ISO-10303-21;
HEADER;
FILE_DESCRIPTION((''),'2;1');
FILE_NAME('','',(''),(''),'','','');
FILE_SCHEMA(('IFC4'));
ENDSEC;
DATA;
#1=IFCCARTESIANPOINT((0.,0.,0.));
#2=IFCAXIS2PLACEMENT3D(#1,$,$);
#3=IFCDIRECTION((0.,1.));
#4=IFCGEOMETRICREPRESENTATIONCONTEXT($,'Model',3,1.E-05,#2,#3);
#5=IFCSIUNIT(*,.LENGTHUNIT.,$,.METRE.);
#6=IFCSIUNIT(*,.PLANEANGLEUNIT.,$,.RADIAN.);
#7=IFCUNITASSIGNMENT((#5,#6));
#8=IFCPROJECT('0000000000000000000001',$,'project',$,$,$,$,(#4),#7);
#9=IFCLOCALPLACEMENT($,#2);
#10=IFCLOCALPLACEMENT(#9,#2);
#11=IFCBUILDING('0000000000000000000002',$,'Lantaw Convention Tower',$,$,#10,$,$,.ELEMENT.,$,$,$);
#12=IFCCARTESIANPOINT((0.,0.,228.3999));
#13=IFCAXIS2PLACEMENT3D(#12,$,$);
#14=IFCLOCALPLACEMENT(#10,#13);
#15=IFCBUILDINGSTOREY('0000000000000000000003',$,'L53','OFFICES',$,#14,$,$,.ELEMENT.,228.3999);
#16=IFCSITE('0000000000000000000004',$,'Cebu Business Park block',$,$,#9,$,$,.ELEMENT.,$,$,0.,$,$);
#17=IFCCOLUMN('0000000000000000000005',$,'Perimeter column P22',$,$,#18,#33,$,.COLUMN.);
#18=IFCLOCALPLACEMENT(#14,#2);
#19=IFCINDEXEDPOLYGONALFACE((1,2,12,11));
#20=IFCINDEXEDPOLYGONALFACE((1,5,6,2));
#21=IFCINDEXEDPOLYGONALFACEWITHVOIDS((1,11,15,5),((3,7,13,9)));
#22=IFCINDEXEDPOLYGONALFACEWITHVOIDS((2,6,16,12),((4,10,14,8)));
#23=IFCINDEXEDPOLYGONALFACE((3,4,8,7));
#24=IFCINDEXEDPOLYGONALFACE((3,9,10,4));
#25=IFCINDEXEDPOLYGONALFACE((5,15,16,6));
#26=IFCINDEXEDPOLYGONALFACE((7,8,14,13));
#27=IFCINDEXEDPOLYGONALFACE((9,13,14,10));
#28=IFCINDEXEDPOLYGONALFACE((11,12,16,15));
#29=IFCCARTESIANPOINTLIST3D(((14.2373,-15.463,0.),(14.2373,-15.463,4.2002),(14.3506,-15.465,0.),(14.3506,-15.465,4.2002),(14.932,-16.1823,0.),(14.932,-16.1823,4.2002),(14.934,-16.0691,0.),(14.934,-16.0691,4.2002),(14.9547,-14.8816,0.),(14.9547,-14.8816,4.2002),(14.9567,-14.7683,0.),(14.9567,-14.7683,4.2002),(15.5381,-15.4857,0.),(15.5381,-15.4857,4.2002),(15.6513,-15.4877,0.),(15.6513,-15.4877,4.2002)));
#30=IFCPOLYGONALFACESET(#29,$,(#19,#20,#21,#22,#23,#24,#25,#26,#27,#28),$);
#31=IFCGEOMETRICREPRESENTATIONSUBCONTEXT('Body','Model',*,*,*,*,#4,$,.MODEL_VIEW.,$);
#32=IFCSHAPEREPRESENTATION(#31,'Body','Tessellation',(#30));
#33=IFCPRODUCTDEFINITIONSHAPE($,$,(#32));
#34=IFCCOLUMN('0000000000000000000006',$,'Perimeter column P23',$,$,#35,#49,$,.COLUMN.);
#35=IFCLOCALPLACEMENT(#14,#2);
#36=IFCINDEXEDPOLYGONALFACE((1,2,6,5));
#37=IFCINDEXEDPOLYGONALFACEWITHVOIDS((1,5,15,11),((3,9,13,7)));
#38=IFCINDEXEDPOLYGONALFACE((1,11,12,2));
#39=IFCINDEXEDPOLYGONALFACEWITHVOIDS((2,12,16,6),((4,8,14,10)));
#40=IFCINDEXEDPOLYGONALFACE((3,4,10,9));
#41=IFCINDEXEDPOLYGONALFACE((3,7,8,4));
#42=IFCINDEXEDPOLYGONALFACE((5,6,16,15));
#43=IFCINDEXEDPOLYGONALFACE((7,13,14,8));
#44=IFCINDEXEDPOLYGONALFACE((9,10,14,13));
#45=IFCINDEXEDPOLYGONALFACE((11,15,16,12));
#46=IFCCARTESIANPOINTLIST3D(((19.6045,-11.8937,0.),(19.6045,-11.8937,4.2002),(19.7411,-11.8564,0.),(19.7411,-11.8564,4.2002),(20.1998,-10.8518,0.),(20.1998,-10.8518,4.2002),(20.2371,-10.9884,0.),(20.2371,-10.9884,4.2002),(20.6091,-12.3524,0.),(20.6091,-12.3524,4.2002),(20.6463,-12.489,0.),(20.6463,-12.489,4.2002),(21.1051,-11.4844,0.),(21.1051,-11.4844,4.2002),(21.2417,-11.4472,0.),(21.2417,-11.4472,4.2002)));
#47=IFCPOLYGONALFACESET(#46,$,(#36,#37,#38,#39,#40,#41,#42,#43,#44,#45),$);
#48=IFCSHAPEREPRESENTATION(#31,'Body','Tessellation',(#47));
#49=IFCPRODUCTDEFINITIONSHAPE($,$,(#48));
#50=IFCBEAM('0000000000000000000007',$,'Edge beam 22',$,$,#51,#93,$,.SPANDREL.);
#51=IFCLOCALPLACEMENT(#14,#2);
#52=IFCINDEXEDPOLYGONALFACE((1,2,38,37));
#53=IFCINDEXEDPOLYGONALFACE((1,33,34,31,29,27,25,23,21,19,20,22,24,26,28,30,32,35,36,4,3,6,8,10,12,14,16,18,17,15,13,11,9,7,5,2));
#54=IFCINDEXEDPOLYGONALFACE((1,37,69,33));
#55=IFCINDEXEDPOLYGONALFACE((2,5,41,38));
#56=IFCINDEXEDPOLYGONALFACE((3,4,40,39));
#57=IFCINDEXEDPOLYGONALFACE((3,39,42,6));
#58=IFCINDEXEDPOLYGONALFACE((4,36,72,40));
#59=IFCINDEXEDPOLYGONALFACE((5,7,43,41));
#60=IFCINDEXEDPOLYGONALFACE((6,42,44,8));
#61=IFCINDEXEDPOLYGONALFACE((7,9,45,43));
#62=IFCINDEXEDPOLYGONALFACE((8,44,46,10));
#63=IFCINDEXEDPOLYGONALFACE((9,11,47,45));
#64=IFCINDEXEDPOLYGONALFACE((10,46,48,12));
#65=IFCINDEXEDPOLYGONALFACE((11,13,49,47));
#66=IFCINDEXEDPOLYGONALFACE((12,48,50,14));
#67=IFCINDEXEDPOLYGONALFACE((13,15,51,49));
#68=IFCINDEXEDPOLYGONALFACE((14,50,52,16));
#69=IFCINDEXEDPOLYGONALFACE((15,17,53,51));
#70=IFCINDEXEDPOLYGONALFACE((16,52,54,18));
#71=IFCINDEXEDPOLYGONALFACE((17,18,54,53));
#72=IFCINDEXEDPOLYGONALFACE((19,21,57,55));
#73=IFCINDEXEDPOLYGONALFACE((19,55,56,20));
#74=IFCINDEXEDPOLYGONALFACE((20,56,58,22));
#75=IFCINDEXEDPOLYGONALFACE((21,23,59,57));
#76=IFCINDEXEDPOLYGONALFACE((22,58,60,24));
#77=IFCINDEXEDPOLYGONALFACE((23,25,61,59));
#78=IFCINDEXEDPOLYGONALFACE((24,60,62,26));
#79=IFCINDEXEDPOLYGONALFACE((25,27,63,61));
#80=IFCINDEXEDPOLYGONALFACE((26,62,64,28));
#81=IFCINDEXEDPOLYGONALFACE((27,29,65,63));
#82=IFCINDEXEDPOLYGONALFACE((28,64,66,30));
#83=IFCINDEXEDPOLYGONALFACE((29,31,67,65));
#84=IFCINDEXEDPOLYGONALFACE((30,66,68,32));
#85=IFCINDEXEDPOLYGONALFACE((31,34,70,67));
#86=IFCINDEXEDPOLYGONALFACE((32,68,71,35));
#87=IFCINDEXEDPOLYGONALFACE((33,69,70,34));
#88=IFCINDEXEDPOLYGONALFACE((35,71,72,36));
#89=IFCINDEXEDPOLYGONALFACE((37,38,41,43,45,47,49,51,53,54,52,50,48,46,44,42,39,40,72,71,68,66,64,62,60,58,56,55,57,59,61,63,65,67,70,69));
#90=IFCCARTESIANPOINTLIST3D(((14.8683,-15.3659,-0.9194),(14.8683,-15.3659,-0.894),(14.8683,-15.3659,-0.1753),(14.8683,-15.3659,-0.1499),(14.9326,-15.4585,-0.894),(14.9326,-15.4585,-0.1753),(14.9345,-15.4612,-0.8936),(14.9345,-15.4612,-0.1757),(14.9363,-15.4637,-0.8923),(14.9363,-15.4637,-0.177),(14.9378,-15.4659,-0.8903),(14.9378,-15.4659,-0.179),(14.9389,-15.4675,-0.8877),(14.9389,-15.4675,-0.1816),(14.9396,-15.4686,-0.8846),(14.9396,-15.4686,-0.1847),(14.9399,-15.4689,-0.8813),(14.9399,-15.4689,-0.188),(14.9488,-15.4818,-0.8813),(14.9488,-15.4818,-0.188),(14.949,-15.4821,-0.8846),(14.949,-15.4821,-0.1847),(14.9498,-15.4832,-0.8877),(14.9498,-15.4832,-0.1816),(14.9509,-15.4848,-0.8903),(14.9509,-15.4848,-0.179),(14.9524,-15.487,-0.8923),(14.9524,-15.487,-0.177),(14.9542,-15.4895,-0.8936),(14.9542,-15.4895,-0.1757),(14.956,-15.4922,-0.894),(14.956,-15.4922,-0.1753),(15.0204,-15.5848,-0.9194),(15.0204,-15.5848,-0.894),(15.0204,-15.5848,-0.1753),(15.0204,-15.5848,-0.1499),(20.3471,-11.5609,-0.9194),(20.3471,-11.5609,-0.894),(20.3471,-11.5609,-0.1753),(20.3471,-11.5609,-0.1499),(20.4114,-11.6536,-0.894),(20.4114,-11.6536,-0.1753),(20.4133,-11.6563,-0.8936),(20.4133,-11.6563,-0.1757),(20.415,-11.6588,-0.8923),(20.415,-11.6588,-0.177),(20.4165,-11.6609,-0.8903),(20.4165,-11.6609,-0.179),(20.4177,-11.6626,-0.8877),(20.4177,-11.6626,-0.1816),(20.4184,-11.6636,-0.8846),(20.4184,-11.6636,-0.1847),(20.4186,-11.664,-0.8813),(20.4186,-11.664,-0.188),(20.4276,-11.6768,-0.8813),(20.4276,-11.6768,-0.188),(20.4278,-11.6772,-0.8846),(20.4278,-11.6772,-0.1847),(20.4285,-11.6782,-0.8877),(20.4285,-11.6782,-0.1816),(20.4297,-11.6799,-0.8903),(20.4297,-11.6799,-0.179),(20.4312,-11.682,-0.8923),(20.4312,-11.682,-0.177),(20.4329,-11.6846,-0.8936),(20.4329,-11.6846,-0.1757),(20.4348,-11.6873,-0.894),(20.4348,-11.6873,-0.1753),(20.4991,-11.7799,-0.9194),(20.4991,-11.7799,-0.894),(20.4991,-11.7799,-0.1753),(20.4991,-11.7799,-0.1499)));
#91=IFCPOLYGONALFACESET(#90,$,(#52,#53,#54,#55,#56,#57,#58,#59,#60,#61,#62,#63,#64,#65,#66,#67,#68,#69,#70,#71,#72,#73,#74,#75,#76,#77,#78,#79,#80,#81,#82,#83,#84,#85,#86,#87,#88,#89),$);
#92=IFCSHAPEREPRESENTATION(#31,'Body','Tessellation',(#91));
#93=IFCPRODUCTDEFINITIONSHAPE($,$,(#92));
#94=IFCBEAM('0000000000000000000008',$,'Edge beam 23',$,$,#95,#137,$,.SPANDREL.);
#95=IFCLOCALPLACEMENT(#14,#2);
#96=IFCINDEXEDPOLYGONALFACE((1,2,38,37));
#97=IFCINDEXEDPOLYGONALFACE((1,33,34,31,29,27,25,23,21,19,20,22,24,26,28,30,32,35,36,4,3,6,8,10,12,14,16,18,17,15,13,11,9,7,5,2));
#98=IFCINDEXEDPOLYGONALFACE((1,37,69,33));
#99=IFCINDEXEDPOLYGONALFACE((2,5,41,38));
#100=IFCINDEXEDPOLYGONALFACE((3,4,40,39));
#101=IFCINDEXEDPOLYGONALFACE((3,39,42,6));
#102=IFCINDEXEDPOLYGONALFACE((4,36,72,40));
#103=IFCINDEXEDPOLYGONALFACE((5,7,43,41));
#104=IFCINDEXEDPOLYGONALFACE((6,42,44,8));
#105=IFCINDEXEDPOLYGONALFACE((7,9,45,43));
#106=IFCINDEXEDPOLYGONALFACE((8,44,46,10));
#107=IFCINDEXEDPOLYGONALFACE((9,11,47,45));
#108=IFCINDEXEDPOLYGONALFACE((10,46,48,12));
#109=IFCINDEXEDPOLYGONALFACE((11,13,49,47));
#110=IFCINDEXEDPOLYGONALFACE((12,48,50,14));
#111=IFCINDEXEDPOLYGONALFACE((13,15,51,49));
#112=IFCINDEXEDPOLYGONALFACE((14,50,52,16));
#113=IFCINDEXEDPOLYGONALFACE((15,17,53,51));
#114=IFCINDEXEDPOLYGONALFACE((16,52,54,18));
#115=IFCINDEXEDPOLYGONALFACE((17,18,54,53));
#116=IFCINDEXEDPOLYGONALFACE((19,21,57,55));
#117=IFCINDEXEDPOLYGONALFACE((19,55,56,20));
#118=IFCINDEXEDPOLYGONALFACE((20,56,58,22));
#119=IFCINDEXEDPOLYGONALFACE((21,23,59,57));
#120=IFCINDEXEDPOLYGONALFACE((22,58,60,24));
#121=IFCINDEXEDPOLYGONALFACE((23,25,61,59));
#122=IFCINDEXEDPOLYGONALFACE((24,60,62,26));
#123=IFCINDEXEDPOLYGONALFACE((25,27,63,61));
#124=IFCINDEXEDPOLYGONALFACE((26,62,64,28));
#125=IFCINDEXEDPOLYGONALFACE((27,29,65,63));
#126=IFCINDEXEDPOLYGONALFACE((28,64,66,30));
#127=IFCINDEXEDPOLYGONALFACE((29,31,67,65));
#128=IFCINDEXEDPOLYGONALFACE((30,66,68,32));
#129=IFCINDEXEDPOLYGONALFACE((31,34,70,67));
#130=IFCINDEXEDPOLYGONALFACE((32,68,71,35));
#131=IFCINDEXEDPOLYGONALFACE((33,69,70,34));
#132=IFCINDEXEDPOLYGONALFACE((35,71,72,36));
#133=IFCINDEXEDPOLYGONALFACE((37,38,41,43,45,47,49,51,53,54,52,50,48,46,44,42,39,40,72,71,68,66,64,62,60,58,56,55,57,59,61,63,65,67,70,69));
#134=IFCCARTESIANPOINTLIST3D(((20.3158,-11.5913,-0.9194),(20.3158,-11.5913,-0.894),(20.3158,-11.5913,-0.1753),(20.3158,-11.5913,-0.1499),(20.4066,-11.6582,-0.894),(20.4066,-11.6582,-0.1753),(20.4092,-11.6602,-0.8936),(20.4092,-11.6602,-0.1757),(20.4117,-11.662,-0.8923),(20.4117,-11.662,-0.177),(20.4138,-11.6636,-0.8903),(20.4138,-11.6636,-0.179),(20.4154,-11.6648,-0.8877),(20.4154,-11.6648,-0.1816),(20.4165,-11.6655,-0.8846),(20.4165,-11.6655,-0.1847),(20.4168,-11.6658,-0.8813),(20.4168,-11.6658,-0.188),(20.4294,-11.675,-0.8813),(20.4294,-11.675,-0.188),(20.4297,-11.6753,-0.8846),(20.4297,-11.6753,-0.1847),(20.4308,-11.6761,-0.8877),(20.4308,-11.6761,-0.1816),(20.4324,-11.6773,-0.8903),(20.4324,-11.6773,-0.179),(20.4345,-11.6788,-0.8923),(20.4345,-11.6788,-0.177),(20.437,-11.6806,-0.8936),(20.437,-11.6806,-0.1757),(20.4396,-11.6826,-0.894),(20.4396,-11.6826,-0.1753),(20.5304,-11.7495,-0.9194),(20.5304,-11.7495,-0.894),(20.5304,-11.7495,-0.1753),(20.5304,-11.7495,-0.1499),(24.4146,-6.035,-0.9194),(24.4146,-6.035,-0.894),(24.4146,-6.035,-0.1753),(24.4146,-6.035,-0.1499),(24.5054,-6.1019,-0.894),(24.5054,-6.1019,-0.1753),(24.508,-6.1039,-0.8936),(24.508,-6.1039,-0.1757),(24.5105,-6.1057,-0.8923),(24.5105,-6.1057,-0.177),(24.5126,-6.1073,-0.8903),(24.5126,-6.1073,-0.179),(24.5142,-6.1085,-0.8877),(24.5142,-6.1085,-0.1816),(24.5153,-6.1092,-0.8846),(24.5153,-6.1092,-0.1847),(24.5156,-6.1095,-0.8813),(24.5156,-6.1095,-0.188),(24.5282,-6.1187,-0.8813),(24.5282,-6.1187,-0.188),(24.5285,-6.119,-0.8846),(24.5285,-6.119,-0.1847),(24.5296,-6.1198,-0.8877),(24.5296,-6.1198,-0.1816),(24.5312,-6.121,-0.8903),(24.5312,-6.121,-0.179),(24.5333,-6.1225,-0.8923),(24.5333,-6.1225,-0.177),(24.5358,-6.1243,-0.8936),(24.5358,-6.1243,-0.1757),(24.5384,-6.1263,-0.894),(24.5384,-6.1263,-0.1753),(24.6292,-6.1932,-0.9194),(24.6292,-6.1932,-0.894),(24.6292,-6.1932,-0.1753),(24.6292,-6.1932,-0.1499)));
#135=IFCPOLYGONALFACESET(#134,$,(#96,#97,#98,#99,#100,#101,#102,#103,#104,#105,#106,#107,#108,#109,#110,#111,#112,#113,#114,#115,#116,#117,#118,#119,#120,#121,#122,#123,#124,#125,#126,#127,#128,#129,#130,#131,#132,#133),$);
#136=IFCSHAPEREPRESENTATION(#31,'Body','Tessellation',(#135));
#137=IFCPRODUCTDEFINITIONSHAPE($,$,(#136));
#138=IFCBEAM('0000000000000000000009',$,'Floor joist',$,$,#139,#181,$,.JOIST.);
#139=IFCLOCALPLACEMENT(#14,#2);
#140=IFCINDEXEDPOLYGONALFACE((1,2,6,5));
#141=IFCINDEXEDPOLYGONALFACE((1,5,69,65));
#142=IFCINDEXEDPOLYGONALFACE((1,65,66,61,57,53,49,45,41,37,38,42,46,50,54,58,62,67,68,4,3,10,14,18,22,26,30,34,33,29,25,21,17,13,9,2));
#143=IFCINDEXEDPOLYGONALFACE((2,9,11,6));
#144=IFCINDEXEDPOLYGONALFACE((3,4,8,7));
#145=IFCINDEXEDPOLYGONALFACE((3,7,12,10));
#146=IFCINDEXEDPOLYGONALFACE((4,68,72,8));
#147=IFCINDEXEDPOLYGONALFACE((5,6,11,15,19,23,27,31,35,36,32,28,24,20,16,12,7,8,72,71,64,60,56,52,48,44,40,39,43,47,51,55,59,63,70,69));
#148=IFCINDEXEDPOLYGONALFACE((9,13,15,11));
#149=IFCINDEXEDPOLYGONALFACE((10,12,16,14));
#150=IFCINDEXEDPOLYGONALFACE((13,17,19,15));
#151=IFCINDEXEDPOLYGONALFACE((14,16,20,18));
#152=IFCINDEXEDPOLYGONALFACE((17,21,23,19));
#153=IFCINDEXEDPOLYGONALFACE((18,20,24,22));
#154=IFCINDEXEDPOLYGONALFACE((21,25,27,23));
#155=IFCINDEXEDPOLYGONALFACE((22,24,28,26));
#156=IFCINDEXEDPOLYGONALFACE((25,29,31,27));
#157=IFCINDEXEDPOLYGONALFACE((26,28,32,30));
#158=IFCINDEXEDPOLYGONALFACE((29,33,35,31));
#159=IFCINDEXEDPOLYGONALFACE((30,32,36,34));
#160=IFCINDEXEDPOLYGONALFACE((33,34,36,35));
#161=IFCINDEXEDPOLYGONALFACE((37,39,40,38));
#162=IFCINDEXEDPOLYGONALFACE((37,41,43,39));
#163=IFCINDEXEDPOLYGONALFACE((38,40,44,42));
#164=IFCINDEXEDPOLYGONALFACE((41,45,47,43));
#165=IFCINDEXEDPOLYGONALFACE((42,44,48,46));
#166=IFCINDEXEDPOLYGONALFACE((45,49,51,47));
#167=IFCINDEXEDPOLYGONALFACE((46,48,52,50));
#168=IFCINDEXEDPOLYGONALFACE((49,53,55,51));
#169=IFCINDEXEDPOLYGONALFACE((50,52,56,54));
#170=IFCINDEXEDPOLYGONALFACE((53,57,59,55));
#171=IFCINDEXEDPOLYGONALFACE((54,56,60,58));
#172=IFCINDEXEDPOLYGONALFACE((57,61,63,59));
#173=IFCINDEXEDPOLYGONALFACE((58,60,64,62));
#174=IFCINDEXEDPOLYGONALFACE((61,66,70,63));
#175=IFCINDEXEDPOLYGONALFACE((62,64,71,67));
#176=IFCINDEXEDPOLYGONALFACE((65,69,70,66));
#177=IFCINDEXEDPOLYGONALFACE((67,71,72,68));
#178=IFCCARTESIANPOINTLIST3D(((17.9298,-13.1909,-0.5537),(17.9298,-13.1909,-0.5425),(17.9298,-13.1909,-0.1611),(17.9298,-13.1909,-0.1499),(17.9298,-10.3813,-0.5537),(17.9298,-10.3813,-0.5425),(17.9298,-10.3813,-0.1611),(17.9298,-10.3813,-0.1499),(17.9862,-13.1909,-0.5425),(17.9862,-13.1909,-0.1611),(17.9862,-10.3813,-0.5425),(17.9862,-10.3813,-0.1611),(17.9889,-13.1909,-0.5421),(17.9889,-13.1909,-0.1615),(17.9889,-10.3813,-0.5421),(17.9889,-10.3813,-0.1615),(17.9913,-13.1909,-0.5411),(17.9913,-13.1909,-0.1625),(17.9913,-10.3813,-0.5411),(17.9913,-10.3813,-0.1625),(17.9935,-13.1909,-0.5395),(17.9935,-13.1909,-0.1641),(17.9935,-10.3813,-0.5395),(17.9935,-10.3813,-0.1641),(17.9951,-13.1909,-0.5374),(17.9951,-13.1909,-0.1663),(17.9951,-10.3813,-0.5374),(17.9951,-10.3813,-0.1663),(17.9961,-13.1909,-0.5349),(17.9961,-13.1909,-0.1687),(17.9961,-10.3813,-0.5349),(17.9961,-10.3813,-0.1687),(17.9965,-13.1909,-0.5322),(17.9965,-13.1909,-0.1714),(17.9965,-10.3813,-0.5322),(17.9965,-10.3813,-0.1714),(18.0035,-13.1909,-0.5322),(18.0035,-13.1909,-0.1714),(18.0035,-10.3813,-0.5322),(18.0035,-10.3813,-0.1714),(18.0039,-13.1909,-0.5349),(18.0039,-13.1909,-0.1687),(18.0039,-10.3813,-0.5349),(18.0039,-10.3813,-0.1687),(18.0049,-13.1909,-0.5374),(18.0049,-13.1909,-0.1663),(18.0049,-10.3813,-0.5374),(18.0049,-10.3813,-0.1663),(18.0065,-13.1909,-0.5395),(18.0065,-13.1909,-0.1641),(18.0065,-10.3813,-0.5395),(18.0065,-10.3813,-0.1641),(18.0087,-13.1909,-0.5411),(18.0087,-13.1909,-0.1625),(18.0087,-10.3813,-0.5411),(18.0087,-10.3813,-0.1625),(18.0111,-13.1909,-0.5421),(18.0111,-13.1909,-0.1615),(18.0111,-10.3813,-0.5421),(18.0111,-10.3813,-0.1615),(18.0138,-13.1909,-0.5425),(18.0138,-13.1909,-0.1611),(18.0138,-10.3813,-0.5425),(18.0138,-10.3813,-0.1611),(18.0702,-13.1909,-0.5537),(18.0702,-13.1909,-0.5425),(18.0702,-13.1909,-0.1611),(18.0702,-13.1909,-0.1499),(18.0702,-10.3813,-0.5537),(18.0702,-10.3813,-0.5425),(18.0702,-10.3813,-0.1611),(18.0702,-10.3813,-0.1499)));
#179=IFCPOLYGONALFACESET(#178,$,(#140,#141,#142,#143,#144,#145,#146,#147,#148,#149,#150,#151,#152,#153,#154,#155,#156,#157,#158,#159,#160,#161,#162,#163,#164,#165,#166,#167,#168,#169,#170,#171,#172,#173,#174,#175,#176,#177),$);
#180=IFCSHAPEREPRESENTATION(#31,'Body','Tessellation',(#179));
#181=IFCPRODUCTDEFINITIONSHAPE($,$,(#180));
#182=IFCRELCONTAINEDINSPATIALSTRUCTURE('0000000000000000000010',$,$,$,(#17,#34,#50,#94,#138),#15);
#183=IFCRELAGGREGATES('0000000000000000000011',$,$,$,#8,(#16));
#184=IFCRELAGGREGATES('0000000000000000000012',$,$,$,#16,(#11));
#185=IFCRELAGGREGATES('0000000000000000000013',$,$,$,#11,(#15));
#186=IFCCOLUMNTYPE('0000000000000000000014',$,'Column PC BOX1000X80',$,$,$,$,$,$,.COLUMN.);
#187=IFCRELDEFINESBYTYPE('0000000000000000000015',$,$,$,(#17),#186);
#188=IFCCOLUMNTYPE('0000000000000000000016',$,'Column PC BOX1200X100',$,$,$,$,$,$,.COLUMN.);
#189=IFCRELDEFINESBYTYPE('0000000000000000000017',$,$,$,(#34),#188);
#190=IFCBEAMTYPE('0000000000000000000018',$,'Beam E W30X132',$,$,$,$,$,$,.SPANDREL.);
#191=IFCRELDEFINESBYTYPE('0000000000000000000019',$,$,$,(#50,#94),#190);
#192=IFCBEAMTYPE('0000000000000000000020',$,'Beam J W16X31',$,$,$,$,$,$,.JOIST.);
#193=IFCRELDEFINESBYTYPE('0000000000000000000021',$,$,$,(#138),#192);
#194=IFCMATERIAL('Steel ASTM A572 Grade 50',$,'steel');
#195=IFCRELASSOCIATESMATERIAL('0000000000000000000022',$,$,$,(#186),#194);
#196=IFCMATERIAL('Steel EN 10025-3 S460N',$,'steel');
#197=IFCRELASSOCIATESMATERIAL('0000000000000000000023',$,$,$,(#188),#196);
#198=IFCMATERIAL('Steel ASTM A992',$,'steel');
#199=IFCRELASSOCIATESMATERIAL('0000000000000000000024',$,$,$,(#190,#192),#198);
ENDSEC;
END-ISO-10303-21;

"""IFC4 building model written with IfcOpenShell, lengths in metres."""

from ifc_helpers import new_model, si_unit, direction, frame, origin, origin_2d, place, context, subcontext, project, spatial, rectangle, hollow_rectangle, i_section, extrude, material, material_profile, profile_set, type_object, element, save


model = new_model("IFC4")

# Units and contexts
model_context = context("Model", 3, precision=1e-05, world=origin(), true_north=direction((0.0, 1.0)))
body_context = subcontext(model_context, "Body", "Model", "MODEL_VIEW")
ifc_project = project(units=[si_unit("LENGTHUNIT", "METRE"), si_unit("PLANEANGLEUNIT", "RADIAN")], contexts=[model_context])

# Site, building, storey
site_placement = place(None, origin())
site = spatial("IfcSite", under=ifc_project, at=site_placement, Name="Cebu Business Park block", CompositionType="ELEMENT", RefElevation=0.0)
building_placement = place(site_placement, origin())
building = spatial("IfcBuilding", under=site, at=building_placement, Name="Lantaw Convention Tower", CompositionType="ELEMENT")
storey_placement = place(building_placement, frame((0.0, 0.0, 228.3999)))
storey = spatial("IfcBuildingStorey", under=building, at=storey_placement, Name="L53", Description="OFFICES", CompositionType="ELEMENT", Elevation=228.3999)

# Columns
ifc_material_1 = material(Name="Steel ASTM A572 Grade 50", Category="steel")
ifc_material_profile_1 = material_profile(ifc_material_1, hollow_rectangle(XDim=1.0, YDim=1.0, WallThickness=0.0801, at=origin_2d()), Name="BOX1000X80")
ifc_material_2 = material(Name="Concrete C60/75", Category="concrete")
ifc_material_profile_2 = material_profile(ifc_material_2, rectangle(XDim=0.8401, YDim=0.8401, at=origin_2d()), Name="Concrete fill of BOX1000X80")
ifc_profile_set_1 = profile_set([ifc_material_profile_1, ifc_material_profile_2], Name="Steel ASTM A572 Grade 50")
column_type_1 = type_object("IfcColumnType", Name="Column PC BOX1000X80", PredefinedType="COLUMN", material=ifc_profile_set_1)
column_1_placement = place(storey_placement, frame((14.9443, -15.4753, 0.0), z_axis=(0.0, 0.0, 1.0), x_axis=(0.71934, 0.694658, 0.0)))
element("IfcColumn", 1, at=column_1_placement, inside=storey, type_object=column_type_1, Name="Perimeter column P22", PredefinedType="COLUMN", context=body_context, shape_type="SweptSolid", body=[
    extrude(hollow_rectangle(XDim=1.0, YDim=1.0, WallThickness=0.0801, at=origin_2d()), origin(), (0.0, 0.0, 1.0), 4.2002),
])
ifc_material_3 = material(Name="Steel EN 10025-3 S460N", Category="steel")
ifc_material_profile_3 = material_profile(ifc_material_3, hollow_rectangle(XDim=1.2, YDim=1.2, WallThickness=0.1001, at=origin_2d()), Name="BOX1200X100")
ifc_material_profile_4 = material_profile(ifc_material_2, rectangle(XDim=1.0, YDim=1.0, at=origin_2d()), Name="Concrete fill of BOX1200X100")
ifc_profile_set_2 = profile_set([ifc_material_profile_3, ifc_material_profile_4], Name="Steel EN 10025-3 S460N")
column_type_2 = type_object("IfcColumnType", Name="Column PC BOX1200X100", PredefinedType="COLUMN", material=ifc_profile_set_2)
column_2_placement = place(storey_placement, frame((20.4231, -11.6704, 0.0), z_axis=(0.0, 0.0, 1.0), x_axis=(0.496139, 0.868243, 0.0)))
element("IfcColumn", 2, at=column_2_placement, inside=storey, type_object=column_type_2, Name="Perimeter column P23", PredefinedType="COLUMN", context=body_context, shape_type="SweptSolid", body=[
    extrude(hollow_rectangle(XDim=1.2, YDim=1.2, WallThickness=0.1001, at=origin_2d()), origin(), (0.0, 0.0, 1.0), 4.2002),
])

# Beams
ifc_material_4 = material(Name="Steel ASTM A992", Category="steel")
ifc_material_profile_5 = material_profile(ifc_material_4, i_section(OverallWidth=0.2666, OverallDepth=0.7695, WebThickness=0.0156, FlangeThickness=0.0254, FilletRadius=0.0127, at=origin_2d()), Name="W30X132")
ifc_profile_set_3 = profile_set([ifc_material_profile_5], Name="Steel ASTM A992")
beam_type_1 = type_object("IfcBeamType", Name="Beam E W30X132", PredefinedType="SPANDREL", material=ifc_profile_set_3)
beam_1_placement = place(storey_placement, frame((14.9443, -15.4753, -0.5347), z_axis=(0.821353, 0.57042, 0.0), x_axis=(-0.57042, 0.821353, 0.0)))
element("IfcBeam", 3, at=beam_1_placement, inside=storey, type_object=beam_type_1, Name="Edge beam 22", PredefinedType="SPANDREL", context=body_context, shape_type="SweptSolid", body=[
    extrude(i_section(OverallWidth=0.2666, OverallDepth=0.7695, WebThickness=0.0156, FlangeThickness=0.0254, FilletRadius=0.0127, at=origin_2d()), origin(), (0.0, 0.0, 1.0), 6.6704),
])
beam_2_placement = place(storey_placement, frame((20.4231, -11.6704, -0.5347), z_axis=(0.593639, 0.804731, 0.0), x_axis=(-0.804731, 0.593639, 0.0)))
element("IfcBeam", 4, at=beam_2_placement, inside=storey, type_object=beam_type_1, Name="Edge beam 23", PredefinedType="SPANDREL", context=body_context, shape_type="SweptSolid", body=[
    extrude(i_section(OverallWidth=0.2666, OverallDepth=0.7695, WebThickness=0.0156, FlangeThickness=0.0254, FilletRadius=0.0127, at=origin_2d()), origin(), (0.0, 0.0, 1.0), 6.9045),
])
ifc_material_profile_6 = material_profile(ifc_material_4, i_section(OverallWidth=0.1404, OverallDepth=0.4038, WebThickness=0.0071, FlangeThickness=0.0112, FilletRadius=0.0103, at=origin_2d()), Name="W16X31")
ifc_profile_set_4 = profile_set([ifc_material_profile_6], Name="Steel ASTM A992")
beam_type_2 = type_object("IfcBeamType", Name="Beam J W16X31", PredefinedType="JOIST", material=ifc_profile_set_4)
beam_3_placement = place(storey_placement, frame((18.0, -13.1909, -0.3518), z_axis=(0.0, 1.0, 0.0), x_axis=(-1.0, 0.0, 0.0)))
element("IfcBeam", 5, at=beam_3_placement, inside=storey, type_object=beam_type_2, Name="Floor joist", PredefinedType="JOIST", context=body_context, shape_type="SweptSolid", body=[
    extrude(i_section(OverallWidth=0.1404, OverallDepth=0.4038, WebThickness=0.0071, FlangeThickness=0.0112, FilletRadius=0.0103, at=origin_2d()), origin(), (0.0, 0.0, 1.0), 2.8096),
])

save(model, "model.ifc")
